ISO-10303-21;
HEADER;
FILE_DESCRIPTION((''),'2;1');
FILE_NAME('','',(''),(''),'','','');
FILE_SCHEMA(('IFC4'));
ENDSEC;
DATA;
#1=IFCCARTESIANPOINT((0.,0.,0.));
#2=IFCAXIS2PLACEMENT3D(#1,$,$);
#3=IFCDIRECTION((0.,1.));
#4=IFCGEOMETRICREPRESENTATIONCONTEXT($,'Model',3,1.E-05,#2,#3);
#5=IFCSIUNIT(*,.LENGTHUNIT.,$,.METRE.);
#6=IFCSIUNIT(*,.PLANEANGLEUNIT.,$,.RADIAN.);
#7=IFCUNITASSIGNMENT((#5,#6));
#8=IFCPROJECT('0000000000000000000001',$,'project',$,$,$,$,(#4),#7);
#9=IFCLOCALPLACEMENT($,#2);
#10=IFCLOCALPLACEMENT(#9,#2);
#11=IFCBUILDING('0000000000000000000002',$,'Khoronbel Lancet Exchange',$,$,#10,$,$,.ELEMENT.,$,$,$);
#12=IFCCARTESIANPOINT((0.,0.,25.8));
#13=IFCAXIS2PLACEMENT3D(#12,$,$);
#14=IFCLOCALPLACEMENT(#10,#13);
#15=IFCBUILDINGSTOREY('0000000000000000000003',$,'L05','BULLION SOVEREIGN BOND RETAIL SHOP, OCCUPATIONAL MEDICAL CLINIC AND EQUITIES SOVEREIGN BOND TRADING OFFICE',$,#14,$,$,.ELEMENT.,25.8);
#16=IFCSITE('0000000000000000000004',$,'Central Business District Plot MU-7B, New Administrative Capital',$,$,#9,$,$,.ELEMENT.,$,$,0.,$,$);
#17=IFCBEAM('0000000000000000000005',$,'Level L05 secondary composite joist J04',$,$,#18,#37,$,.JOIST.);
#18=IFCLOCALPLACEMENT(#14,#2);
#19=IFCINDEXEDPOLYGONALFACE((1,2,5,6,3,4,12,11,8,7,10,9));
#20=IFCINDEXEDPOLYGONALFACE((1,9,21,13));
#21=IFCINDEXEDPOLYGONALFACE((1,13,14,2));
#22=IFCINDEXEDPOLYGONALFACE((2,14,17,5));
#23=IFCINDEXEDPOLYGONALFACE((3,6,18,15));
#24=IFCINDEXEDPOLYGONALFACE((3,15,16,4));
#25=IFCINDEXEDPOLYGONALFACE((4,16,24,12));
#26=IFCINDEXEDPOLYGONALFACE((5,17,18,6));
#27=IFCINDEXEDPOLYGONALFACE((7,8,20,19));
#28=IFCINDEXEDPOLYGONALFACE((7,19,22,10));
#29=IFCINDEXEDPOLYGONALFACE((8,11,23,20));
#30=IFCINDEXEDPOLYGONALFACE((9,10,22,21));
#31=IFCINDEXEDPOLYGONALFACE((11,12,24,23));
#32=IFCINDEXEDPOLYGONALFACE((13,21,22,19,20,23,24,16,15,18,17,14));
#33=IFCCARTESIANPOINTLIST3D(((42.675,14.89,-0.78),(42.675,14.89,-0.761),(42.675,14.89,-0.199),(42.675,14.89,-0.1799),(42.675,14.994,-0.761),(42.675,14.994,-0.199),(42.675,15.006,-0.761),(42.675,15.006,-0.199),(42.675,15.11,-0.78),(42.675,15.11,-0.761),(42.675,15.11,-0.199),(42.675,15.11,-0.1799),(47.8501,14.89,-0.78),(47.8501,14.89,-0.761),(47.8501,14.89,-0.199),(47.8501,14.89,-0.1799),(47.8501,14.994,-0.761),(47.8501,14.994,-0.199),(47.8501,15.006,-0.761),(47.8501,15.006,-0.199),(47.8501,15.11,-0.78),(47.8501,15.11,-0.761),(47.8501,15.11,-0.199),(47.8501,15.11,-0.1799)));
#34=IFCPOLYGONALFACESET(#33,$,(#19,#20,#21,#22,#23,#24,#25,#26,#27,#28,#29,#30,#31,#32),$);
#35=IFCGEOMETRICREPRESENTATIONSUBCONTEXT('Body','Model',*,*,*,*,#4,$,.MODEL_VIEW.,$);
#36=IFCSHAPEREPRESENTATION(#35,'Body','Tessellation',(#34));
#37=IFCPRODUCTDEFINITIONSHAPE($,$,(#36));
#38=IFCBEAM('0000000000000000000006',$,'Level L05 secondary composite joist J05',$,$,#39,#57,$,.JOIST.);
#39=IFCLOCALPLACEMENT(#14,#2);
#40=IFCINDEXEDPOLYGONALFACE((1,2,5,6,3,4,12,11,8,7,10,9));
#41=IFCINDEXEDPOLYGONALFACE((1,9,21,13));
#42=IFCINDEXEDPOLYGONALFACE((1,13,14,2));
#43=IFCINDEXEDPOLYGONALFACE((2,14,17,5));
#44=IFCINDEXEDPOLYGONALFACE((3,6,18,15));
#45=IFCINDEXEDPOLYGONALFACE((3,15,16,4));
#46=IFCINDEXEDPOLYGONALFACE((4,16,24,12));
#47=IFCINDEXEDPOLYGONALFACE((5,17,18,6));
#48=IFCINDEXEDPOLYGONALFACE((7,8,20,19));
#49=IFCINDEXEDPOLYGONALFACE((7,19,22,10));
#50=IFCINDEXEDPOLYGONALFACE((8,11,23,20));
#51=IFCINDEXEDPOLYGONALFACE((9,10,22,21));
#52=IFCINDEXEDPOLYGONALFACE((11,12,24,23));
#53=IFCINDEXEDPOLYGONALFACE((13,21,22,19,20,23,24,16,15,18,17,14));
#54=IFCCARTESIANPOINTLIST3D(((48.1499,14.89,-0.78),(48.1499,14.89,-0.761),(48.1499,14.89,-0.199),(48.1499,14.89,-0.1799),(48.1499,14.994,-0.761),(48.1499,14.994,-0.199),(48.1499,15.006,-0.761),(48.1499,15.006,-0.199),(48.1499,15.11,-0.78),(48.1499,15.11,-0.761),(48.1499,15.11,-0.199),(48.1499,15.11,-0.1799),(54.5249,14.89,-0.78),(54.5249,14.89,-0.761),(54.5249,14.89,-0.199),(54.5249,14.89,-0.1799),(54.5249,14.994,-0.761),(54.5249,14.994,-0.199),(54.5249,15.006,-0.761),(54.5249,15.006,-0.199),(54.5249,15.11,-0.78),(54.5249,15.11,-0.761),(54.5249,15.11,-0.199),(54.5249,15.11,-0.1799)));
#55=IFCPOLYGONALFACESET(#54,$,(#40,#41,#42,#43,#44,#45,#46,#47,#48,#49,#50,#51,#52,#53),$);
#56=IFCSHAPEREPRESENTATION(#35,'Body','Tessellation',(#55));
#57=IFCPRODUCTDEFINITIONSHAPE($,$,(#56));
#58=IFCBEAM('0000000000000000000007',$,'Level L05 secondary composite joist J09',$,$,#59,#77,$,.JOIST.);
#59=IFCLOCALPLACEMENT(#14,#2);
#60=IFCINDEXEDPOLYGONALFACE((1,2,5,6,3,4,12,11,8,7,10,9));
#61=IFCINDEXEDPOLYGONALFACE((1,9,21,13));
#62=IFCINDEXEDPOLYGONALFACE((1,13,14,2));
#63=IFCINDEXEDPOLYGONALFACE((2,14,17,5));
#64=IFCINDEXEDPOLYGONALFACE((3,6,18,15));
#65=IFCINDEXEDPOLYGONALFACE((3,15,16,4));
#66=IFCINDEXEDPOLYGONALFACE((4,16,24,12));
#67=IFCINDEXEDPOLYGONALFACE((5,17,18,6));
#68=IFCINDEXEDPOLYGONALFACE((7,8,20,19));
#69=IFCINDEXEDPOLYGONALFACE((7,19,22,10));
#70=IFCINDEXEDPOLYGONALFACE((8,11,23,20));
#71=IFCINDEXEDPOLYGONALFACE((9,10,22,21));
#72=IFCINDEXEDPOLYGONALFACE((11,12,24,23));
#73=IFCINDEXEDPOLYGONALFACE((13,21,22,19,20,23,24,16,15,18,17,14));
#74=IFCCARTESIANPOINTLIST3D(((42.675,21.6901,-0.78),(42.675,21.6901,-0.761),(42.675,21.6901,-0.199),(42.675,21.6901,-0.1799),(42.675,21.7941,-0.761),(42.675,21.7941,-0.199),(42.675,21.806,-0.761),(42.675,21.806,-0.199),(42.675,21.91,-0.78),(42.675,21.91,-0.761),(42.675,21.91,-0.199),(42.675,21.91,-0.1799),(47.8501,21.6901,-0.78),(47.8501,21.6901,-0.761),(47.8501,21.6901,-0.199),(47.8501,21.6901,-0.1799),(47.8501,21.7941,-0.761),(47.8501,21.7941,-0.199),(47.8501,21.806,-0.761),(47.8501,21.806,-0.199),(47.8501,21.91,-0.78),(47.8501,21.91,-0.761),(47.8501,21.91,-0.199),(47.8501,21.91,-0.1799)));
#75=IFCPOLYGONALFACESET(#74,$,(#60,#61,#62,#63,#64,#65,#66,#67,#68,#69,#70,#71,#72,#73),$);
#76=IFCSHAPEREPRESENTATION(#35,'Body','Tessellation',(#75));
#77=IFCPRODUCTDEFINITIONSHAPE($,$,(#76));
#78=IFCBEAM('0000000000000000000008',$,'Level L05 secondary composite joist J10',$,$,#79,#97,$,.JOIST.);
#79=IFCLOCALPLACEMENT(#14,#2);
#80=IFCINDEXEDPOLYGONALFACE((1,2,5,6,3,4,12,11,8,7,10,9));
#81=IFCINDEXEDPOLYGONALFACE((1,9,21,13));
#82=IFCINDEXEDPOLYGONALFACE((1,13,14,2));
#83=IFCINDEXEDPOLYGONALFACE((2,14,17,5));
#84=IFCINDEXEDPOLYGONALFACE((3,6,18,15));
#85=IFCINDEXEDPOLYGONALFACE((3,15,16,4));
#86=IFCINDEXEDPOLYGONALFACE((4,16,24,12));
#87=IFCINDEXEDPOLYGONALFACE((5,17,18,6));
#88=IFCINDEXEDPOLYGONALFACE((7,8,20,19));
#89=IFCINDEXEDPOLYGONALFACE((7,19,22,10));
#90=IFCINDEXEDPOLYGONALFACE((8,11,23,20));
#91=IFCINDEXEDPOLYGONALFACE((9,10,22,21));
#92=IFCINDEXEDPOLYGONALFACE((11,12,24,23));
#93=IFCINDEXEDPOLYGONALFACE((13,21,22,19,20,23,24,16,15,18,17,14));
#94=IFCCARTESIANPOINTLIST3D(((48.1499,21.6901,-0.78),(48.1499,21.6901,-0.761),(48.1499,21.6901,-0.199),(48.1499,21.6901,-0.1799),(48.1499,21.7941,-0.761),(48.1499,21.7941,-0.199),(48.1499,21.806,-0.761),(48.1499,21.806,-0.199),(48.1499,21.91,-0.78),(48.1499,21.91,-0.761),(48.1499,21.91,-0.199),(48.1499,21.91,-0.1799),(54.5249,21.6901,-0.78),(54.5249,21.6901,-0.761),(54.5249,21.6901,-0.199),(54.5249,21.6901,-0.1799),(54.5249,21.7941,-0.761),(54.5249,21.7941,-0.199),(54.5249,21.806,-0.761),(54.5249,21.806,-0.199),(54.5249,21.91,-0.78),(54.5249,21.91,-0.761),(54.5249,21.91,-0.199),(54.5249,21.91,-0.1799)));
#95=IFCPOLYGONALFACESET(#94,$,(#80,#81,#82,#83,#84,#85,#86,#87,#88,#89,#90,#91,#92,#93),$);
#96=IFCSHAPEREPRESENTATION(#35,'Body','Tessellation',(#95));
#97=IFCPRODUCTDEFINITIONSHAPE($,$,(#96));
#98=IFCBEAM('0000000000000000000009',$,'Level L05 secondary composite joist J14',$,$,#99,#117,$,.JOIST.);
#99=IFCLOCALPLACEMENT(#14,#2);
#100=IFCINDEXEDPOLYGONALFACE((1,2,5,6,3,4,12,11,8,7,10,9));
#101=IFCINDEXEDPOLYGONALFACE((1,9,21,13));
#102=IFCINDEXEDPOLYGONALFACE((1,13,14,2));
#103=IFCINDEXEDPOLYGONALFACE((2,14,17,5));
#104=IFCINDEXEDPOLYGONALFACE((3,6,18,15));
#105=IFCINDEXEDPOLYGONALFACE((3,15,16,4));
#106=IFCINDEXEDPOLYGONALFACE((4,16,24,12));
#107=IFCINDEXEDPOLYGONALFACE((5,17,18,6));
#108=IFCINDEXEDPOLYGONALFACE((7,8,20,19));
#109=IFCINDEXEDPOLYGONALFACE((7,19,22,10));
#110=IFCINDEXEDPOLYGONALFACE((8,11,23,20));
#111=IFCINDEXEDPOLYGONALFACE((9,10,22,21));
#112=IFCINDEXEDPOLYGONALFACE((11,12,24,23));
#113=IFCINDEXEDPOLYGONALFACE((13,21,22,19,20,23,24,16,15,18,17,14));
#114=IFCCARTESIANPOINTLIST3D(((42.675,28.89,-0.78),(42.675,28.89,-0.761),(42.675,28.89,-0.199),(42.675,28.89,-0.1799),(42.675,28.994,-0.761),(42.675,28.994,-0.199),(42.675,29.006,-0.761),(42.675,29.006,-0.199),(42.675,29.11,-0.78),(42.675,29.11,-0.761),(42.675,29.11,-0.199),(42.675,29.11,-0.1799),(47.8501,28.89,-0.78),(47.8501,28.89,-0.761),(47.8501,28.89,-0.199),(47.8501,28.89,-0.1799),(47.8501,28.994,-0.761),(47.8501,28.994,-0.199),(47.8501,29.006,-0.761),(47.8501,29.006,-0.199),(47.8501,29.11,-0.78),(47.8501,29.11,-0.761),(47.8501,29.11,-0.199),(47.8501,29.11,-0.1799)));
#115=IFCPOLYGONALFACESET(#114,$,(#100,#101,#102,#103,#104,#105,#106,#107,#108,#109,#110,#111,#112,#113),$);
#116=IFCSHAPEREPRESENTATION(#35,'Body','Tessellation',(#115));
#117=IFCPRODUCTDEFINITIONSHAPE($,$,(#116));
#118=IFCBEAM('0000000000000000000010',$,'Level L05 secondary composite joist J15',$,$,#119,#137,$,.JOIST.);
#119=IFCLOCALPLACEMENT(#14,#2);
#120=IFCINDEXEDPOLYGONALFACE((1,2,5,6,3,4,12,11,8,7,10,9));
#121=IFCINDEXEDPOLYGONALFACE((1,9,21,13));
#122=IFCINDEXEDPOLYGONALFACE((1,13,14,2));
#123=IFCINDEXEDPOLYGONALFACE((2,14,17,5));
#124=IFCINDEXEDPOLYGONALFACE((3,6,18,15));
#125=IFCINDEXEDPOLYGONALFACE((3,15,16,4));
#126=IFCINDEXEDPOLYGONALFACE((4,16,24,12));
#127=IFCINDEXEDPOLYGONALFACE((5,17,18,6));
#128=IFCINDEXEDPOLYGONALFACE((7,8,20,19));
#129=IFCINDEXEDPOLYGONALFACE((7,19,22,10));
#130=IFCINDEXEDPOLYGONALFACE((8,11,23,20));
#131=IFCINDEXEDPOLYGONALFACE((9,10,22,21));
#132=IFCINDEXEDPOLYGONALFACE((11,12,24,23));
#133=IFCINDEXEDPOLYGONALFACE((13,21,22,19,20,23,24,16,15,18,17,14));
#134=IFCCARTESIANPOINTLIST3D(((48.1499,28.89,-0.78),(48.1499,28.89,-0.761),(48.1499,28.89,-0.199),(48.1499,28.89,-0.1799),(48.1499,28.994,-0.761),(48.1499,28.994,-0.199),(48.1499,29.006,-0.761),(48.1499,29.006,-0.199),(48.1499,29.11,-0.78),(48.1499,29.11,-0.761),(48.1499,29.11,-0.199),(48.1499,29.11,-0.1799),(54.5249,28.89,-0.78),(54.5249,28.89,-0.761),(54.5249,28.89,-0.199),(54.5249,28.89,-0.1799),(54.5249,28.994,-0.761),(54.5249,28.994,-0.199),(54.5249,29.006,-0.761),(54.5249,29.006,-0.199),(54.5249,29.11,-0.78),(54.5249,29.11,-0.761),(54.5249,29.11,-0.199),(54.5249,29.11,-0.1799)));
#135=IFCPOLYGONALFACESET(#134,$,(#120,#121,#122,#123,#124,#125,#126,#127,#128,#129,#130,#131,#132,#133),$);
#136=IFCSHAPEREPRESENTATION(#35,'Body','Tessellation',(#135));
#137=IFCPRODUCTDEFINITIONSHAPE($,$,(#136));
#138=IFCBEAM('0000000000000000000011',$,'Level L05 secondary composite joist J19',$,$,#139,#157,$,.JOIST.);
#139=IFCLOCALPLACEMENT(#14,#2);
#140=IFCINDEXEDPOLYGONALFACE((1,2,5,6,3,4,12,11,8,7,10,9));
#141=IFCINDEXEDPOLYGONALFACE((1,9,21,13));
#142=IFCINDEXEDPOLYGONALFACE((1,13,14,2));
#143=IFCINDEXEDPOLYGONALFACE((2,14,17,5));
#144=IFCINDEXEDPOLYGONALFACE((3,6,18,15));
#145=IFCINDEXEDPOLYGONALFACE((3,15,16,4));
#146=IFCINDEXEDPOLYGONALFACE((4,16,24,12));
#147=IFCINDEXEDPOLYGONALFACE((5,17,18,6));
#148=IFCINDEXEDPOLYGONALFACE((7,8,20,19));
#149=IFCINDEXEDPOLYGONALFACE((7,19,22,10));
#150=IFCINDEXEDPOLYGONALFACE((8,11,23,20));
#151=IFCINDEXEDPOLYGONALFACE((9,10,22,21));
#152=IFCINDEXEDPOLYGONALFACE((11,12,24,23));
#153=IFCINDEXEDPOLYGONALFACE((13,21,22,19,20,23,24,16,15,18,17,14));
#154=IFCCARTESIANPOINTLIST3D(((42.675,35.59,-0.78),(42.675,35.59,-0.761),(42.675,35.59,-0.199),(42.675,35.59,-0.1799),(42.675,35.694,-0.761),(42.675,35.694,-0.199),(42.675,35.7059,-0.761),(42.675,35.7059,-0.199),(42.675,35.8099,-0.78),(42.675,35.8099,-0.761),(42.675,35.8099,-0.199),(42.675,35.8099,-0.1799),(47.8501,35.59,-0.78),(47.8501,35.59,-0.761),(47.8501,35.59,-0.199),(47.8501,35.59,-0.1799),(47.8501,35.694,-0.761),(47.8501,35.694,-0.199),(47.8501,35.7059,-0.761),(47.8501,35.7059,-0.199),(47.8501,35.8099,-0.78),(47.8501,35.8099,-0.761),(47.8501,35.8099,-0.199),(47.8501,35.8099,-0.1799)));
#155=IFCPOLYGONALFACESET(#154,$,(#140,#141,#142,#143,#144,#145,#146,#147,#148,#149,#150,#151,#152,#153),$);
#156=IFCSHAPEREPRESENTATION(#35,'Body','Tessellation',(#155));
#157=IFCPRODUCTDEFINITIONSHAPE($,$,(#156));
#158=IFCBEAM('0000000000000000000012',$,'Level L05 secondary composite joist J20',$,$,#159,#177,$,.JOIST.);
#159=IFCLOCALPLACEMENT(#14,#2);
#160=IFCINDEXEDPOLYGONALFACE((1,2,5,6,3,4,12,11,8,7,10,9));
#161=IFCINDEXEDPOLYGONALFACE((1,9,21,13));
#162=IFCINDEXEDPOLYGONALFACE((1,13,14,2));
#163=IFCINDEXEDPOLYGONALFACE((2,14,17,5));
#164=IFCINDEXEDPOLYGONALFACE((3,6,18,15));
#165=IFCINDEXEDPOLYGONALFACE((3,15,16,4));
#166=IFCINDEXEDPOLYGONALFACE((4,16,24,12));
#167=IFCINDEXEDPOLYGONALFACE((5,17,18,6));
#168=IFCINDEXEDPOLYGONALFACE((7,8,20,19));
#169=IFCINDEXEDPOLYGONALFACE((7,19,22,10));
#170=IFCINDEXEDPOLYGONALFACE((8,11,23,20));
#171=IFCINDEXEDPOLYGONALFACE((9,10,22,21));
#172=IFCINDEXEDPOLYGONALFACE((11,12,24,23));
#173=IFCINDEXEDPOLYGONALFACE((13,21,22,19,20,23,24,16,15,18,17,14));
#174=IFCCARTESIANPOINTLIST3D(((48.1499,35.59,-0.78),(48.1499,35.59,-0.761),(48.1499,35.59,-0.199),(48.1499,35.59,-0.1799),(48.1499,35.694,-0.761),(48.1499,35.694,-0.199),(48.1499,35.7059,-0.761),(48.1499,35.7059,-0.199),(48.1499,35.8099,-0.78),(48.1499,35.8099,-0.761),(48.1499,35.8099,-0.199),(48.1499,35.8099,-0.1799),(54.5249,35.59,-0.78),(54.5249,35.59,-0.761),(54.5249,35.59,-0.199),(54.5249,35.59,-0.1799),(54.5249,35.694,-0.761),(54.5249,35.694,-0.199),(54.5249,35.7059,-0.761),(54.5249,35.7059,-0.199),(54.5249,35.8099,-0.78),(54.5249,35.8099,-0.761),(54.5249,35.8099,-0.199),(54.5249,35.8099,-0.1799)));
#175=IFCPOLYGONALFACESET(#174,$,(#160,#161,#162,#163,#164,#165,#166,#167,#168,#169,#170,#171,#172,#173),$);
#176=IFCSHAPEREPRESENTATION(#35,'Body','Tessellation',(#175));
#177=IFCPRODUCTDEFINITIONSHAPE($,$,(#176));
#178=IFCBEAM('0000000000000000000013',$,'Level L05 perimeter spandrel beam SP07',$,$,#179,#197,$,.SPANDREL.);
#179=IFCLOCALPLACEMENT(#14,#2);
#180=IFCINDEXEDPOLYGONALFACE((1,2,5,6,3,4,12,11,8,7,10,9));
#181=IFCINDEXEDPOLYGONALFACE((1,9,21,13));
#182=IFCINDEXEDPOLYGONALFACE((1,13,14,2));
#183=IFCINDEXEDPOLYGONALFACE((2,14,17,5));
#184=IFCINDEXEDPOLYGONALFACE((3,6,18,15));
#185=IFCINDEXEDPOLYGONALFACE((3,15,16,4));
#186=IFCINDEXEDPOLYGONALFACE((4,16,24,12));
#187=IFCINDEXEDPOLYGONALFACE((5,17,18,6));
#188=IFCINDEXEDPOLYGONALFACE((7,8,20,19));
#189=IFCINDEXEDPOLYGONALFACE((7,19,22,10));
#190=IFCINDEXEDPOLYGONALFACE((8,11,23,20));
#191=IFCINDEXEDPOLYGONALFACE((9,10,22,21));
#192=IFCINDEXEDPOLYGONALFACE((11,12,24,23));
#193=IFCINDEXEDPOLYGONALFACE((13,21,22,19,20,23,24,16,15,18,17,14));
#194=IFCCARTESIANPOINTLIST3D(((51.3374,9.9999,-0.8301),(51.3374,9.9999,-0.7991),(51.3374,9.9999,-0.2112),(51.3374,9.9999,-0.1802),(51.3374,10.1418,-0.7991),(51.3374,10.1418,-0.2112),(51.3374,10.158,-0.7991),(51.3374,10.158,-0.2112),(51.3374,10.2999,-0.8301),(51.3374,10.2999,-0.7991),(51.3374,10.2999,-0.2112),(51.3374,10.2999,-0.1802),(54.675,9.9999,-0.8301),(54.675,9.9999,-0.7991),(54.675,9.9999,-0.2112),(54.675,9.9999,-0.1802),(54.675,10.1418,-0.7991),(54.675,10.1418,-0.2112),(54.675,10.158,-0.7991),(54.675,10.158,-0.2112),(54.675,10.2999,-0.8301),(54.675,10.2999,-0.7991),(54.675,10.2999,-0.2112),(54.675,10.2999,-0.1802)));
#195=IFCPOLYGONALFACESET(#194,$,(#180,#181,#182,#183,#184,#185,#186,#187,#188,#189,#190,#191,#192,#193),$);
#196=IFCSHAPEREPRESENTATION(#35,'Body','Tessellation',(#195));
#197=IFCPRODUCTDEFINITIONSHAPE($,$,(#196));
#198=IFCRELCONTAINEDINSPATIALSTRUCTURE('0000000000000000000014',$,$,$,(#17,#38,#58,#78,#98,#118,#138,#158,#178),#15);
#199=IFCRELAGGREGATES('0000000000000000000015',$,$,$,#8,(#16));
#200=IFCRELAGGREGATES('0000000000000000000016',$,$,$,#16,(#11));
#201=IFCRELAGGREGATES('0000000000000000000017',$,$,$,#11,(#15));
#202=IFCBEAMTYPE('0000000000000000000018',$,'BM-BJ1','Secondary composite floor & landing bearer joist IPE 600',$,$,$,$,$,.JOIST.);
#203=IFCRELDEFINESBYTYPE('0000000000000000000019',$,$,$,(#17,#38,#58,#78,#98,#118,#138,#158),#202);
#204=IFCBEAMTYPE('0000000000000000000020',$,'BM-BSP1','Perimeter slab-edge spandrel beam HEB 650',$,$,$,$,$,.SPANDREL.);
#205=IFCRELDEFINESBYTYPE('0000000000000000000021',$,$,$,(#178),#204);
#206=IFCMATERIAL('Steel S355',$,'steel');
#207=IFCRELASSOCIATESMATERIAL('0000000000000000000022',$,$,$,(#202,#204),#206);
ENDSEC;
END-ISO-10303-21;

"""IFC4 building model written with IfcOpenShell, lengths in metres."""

from ifc_helpers import new_model, si_unit, direction, frame, origin, origin_2d, place, context, subcontext, project, spatial, i_section, extrude, material, material_profile, profile_set, type_object, element, save


model = new_model("IFC4")

# Units and contexts
model_context = context("Model", 3, precision=1e-05, world=origin(), true_north=direction((0.0, 1.0)))
body_context = subcontext(model_context, "Body", "Model", "MODEL_VIEW")
ifc_project = project(units=[si_unit("LENGTHUNIT", "METRE"), si_unit("PLANEANGLEUNIT", "RADIAN")], contexts=[model_context])

# Site, building, storey
site_placement = place(None, origin())
site = spatial("IfcSite", under=ifc_project, at=site_placement, Name="Central Business District Plot MU-7B, New Administrative Capital", CompositionType="ELEMENT", RefElevation=0.0)
building_placement = place(site_placement, origin())
building = spatial("IfcBuilding", under=site, at=building_placement, Name="Khoronbel Lancet Exchange", CompositionType="ELEMENT")
storey_placement = place(building_placement, frame((0.0, 0.0, 25.8)))
storey = spatial("IfcBuildingStorey", under=building, at=storey_placement, Name="L05", Description="BULLION SOVEREIGN BOND RETAIL SHOP, OCCUPATIONAL MEDICAL CLINIC AND EQUITIES SOVEREIGN BOND TRADING OFFICE", CompositionType="ELEMENT", Elevation=25.8)

# Beams
ifc_material_1 = material(Name="Steel S355", Category="steel")
ifc_material_profile_1 = material_profile(ifc_material_1, i_section(OverallWidth=0.22, OverallDepth=0.6001, WebThickness=0.012, FlangeThickness=0.019, at=origin_2d()), Name="IPE 600")
ifc_profile_set_1 = profile_set([ifc_material_profile_1], Name="Steel S355")
beam_type_1 = type_object("IfcBeamType", Name="BM-BJ1", Description="Secondary composite floor & landing bearer joist IPE 600", PredefinedType="JOIST", material=ifc_profile_set_1)
beam_1_placement = place(storey_placement, frame((42.675, 15.0, -0.48), z_axis=(1.0, 0.0, 0.0), x_axis=(0.0, 1.0, 0.0)))
element("IfcBeam", 1, at=beam_1_placement, inside=storey, type_object=beam_type_1, Name="Level L05 secondary composite joist J04", PredefinedType="JOIST", context=body_context, shape_type="SweptSolid", body=[
    extrude(i_section(OverallWidth=0.22, OverallDepth=0.6001, WebThickness=0.012, FlangeThickness=0.019, at=origin_2d()), origin(), (0.0, 0.0, 1.0), 5.175),
])
beam_2_placement = place(storey_placement, frame((48.1499, 15.0, -0.48), z_axis=(1.0, 0.0, 0.0), x_axis=(0.0, 1.0, 0.0)))
element("IfcBeam", 2, at=beam_2_placement, inside=storey, type_object=beam_type_1, Name="Level L05 secondary composite joist J05", PredefinedType="JOIST", context=body_context, shape_type="SweptSolid", body=[
    extrude(i_section(OverallWidth=0.22, OverallDepth=0.6001, WebThickness=0.012, FlangeThickness=0.019, at=origin_2d()), origin(), (0.0, 0.0, 1.0), 6.375),
])
beam_3_placement = place(storey_placement, frame((42.675, 21.8, -0.48), z_axis=(1.0, 0.0, 0.0), x_axis=(0.0, 1.0, 0.0)))
element("IfcBeam", 3, at=beam_3_placement, inside=storey, type_object=beam_type_1, Name="Level L05 secondary composite joist J09", PredefinedType="JOIST", context=body_context, shape_type="SweptSolid", body=[
    extrude(i_section(OverallWidth=0.22, OverallDepth=0.6001, WebThickness=0.012, FlangeThickness=0.019, at=origin_2d()), origin(), (0.0, 0.0, 1.0), 5.175),
])
beam_4_placement = place(storey_placement, frame((48.1499, 21.8, -0.48), z_axis=(1.0, 0.0, 0.0), x_axis=(0.0, 1.0, 0.0)))
element("IfcBeam", 4, at=beam_4_placement, inside=storey, type_object=beam_type_1, Name="Level L05 secondary composite joist J10", PredefinedType="JOIST", context=body_context, shape_type="SweptSolid", body=[
    extrude(i_section(OverallWidth=0.22, OverallDepth=0.6001, WebThickness=0.012, FlangeThickness=0.019, at=origin_2d()), origin(), (0.0, 0.0, 1.0), 6.375),
])
beam_5_placement = place(storey_placement, frame((42.675, 29.0, -0.48), z_axis=(1.0, 0.0, 0.0), x_axis=(0.0, 1.0, 0.0)))
element("IfcBeam", 5, at=beam_5_placement, inside=storey, type_object=beam_type_1, Name="Level L05 secondary composite joist J14", PredefinedType="JOIST", context=body_context, shape_type="SweptSolid", body=[
    extrude(i_section(OverallWidth=0.22, OverallDepth=0.6001, WebThickness=0.012, FlangeThickness=0.019, at=origin_2d()), origin(), (0.0, 0.0, 1.0), 5.175),
])
beam_6_placement = place(storey_placement, frame((48.1499, 29.0, -0.48), z_axis=(1.0, 0.0, 0.0), x_axis=(0.0, 1.0, 0.0)))
element("IfcBeam", 6, at=beam_6_placement, inside=storey, type_object=beam_type_1, Name="Level L05 secondary composite joist J15", PredefinedType="JOIST", context=body_context, shape_type="SweptSolid", body=[
    extrude(i_section(OverallWidth=0.22, OverallDepth=0.6001, WebThickness=0.012, FlangeThickness=0.019, at=origin_2d()), origin(), (0.0, 0.0, 1.0), 6.375),
])
beam_7_placement = place(storey_placement, frame((42.675, 35.7, -0.48), z_axis=(1.0, 0.0, 0.0), x_axis=(0.0, 1.0, 0.0)))
element("IfcBeam", 7, at=beam_7_placement, inside=storey, type_object=beam_type_1, Name="Level L05 secondary composite joist J19", PredefinedType="JOIST", context=body_context, shape_type="SweptSolid", body=[
    extrude(i_section(OverallWidth=0.22, OverallDepth=0.6001, WebThickness=0.012, FlangeThickness=0.019, at=origin_2d()), origin(), (0.0, 0.0, 1.0), 5.175),
])
beam_8_placement = place(storey_placement, frame((48.1499, 35.7, -0.48), z_axis=(1.0, 0.0, 0.0), x_axis=(0.0, 1.0, 0.0)))
element("IfcBeam", 8, at=beam_8_placement, inside=storey, type_object=beam_type_1, Name="Level L05 secondary composite joist J20", PredefinedType="JOIST", context=body_context, shape_type="SweptSolid", body=[
    extrude(i_section(OverallWidth=0.22, OverallDepth=0.6001, WebThickness=0.012, FlangeThickness=0.019, at=origin_2d()), origin(), (0.0, 0.0, 1.0), 6.375),
])
ifc_material_profile_2 = material_profile(ifc_material_1, i_section(OverallWidth=0.3, OverallDepth=0.6499, WebThickness=0.0161, FlangeThickness=0.031, at=origin_2d()), Name="HEB 650")
ifc_profile_set_2 = profile_set([ifc_material_profile_2], Name="Steel S355")
beam_type_2 = type_object("IfcBeamType", Name="BM-BSP1", Description="Perimeter slab-edge spandrel beam HEB 650", PredefinedType="SPANDREL", material=ifc_profile_set_2)
beam_9_placement = place(storey_placement, frame((51.3374, 10.1499, -0.5051), z_axis=(1.0, 0.0, 0.0), x_axis=(0.0, 1.0, 0.0)))
element("IfcBeam", 9, at=beam_9_placement, inside=storey, type_object=beam_type_2, Name="Level L05 perimeter spandrel beam SP07", PredefinedType="SPANDREL", context=body_context, shape_type="SweptSolid", body=[
    extrude(i_section(OverallWidth=0.3, OverallDepth=0.6499, WebThickness=0.0161, FlangeThickness=0.031, at=origin_2d()), origin(), (0.0, 0.0, 1.0), 3.3376),
])

save(model, "model.ifc")
